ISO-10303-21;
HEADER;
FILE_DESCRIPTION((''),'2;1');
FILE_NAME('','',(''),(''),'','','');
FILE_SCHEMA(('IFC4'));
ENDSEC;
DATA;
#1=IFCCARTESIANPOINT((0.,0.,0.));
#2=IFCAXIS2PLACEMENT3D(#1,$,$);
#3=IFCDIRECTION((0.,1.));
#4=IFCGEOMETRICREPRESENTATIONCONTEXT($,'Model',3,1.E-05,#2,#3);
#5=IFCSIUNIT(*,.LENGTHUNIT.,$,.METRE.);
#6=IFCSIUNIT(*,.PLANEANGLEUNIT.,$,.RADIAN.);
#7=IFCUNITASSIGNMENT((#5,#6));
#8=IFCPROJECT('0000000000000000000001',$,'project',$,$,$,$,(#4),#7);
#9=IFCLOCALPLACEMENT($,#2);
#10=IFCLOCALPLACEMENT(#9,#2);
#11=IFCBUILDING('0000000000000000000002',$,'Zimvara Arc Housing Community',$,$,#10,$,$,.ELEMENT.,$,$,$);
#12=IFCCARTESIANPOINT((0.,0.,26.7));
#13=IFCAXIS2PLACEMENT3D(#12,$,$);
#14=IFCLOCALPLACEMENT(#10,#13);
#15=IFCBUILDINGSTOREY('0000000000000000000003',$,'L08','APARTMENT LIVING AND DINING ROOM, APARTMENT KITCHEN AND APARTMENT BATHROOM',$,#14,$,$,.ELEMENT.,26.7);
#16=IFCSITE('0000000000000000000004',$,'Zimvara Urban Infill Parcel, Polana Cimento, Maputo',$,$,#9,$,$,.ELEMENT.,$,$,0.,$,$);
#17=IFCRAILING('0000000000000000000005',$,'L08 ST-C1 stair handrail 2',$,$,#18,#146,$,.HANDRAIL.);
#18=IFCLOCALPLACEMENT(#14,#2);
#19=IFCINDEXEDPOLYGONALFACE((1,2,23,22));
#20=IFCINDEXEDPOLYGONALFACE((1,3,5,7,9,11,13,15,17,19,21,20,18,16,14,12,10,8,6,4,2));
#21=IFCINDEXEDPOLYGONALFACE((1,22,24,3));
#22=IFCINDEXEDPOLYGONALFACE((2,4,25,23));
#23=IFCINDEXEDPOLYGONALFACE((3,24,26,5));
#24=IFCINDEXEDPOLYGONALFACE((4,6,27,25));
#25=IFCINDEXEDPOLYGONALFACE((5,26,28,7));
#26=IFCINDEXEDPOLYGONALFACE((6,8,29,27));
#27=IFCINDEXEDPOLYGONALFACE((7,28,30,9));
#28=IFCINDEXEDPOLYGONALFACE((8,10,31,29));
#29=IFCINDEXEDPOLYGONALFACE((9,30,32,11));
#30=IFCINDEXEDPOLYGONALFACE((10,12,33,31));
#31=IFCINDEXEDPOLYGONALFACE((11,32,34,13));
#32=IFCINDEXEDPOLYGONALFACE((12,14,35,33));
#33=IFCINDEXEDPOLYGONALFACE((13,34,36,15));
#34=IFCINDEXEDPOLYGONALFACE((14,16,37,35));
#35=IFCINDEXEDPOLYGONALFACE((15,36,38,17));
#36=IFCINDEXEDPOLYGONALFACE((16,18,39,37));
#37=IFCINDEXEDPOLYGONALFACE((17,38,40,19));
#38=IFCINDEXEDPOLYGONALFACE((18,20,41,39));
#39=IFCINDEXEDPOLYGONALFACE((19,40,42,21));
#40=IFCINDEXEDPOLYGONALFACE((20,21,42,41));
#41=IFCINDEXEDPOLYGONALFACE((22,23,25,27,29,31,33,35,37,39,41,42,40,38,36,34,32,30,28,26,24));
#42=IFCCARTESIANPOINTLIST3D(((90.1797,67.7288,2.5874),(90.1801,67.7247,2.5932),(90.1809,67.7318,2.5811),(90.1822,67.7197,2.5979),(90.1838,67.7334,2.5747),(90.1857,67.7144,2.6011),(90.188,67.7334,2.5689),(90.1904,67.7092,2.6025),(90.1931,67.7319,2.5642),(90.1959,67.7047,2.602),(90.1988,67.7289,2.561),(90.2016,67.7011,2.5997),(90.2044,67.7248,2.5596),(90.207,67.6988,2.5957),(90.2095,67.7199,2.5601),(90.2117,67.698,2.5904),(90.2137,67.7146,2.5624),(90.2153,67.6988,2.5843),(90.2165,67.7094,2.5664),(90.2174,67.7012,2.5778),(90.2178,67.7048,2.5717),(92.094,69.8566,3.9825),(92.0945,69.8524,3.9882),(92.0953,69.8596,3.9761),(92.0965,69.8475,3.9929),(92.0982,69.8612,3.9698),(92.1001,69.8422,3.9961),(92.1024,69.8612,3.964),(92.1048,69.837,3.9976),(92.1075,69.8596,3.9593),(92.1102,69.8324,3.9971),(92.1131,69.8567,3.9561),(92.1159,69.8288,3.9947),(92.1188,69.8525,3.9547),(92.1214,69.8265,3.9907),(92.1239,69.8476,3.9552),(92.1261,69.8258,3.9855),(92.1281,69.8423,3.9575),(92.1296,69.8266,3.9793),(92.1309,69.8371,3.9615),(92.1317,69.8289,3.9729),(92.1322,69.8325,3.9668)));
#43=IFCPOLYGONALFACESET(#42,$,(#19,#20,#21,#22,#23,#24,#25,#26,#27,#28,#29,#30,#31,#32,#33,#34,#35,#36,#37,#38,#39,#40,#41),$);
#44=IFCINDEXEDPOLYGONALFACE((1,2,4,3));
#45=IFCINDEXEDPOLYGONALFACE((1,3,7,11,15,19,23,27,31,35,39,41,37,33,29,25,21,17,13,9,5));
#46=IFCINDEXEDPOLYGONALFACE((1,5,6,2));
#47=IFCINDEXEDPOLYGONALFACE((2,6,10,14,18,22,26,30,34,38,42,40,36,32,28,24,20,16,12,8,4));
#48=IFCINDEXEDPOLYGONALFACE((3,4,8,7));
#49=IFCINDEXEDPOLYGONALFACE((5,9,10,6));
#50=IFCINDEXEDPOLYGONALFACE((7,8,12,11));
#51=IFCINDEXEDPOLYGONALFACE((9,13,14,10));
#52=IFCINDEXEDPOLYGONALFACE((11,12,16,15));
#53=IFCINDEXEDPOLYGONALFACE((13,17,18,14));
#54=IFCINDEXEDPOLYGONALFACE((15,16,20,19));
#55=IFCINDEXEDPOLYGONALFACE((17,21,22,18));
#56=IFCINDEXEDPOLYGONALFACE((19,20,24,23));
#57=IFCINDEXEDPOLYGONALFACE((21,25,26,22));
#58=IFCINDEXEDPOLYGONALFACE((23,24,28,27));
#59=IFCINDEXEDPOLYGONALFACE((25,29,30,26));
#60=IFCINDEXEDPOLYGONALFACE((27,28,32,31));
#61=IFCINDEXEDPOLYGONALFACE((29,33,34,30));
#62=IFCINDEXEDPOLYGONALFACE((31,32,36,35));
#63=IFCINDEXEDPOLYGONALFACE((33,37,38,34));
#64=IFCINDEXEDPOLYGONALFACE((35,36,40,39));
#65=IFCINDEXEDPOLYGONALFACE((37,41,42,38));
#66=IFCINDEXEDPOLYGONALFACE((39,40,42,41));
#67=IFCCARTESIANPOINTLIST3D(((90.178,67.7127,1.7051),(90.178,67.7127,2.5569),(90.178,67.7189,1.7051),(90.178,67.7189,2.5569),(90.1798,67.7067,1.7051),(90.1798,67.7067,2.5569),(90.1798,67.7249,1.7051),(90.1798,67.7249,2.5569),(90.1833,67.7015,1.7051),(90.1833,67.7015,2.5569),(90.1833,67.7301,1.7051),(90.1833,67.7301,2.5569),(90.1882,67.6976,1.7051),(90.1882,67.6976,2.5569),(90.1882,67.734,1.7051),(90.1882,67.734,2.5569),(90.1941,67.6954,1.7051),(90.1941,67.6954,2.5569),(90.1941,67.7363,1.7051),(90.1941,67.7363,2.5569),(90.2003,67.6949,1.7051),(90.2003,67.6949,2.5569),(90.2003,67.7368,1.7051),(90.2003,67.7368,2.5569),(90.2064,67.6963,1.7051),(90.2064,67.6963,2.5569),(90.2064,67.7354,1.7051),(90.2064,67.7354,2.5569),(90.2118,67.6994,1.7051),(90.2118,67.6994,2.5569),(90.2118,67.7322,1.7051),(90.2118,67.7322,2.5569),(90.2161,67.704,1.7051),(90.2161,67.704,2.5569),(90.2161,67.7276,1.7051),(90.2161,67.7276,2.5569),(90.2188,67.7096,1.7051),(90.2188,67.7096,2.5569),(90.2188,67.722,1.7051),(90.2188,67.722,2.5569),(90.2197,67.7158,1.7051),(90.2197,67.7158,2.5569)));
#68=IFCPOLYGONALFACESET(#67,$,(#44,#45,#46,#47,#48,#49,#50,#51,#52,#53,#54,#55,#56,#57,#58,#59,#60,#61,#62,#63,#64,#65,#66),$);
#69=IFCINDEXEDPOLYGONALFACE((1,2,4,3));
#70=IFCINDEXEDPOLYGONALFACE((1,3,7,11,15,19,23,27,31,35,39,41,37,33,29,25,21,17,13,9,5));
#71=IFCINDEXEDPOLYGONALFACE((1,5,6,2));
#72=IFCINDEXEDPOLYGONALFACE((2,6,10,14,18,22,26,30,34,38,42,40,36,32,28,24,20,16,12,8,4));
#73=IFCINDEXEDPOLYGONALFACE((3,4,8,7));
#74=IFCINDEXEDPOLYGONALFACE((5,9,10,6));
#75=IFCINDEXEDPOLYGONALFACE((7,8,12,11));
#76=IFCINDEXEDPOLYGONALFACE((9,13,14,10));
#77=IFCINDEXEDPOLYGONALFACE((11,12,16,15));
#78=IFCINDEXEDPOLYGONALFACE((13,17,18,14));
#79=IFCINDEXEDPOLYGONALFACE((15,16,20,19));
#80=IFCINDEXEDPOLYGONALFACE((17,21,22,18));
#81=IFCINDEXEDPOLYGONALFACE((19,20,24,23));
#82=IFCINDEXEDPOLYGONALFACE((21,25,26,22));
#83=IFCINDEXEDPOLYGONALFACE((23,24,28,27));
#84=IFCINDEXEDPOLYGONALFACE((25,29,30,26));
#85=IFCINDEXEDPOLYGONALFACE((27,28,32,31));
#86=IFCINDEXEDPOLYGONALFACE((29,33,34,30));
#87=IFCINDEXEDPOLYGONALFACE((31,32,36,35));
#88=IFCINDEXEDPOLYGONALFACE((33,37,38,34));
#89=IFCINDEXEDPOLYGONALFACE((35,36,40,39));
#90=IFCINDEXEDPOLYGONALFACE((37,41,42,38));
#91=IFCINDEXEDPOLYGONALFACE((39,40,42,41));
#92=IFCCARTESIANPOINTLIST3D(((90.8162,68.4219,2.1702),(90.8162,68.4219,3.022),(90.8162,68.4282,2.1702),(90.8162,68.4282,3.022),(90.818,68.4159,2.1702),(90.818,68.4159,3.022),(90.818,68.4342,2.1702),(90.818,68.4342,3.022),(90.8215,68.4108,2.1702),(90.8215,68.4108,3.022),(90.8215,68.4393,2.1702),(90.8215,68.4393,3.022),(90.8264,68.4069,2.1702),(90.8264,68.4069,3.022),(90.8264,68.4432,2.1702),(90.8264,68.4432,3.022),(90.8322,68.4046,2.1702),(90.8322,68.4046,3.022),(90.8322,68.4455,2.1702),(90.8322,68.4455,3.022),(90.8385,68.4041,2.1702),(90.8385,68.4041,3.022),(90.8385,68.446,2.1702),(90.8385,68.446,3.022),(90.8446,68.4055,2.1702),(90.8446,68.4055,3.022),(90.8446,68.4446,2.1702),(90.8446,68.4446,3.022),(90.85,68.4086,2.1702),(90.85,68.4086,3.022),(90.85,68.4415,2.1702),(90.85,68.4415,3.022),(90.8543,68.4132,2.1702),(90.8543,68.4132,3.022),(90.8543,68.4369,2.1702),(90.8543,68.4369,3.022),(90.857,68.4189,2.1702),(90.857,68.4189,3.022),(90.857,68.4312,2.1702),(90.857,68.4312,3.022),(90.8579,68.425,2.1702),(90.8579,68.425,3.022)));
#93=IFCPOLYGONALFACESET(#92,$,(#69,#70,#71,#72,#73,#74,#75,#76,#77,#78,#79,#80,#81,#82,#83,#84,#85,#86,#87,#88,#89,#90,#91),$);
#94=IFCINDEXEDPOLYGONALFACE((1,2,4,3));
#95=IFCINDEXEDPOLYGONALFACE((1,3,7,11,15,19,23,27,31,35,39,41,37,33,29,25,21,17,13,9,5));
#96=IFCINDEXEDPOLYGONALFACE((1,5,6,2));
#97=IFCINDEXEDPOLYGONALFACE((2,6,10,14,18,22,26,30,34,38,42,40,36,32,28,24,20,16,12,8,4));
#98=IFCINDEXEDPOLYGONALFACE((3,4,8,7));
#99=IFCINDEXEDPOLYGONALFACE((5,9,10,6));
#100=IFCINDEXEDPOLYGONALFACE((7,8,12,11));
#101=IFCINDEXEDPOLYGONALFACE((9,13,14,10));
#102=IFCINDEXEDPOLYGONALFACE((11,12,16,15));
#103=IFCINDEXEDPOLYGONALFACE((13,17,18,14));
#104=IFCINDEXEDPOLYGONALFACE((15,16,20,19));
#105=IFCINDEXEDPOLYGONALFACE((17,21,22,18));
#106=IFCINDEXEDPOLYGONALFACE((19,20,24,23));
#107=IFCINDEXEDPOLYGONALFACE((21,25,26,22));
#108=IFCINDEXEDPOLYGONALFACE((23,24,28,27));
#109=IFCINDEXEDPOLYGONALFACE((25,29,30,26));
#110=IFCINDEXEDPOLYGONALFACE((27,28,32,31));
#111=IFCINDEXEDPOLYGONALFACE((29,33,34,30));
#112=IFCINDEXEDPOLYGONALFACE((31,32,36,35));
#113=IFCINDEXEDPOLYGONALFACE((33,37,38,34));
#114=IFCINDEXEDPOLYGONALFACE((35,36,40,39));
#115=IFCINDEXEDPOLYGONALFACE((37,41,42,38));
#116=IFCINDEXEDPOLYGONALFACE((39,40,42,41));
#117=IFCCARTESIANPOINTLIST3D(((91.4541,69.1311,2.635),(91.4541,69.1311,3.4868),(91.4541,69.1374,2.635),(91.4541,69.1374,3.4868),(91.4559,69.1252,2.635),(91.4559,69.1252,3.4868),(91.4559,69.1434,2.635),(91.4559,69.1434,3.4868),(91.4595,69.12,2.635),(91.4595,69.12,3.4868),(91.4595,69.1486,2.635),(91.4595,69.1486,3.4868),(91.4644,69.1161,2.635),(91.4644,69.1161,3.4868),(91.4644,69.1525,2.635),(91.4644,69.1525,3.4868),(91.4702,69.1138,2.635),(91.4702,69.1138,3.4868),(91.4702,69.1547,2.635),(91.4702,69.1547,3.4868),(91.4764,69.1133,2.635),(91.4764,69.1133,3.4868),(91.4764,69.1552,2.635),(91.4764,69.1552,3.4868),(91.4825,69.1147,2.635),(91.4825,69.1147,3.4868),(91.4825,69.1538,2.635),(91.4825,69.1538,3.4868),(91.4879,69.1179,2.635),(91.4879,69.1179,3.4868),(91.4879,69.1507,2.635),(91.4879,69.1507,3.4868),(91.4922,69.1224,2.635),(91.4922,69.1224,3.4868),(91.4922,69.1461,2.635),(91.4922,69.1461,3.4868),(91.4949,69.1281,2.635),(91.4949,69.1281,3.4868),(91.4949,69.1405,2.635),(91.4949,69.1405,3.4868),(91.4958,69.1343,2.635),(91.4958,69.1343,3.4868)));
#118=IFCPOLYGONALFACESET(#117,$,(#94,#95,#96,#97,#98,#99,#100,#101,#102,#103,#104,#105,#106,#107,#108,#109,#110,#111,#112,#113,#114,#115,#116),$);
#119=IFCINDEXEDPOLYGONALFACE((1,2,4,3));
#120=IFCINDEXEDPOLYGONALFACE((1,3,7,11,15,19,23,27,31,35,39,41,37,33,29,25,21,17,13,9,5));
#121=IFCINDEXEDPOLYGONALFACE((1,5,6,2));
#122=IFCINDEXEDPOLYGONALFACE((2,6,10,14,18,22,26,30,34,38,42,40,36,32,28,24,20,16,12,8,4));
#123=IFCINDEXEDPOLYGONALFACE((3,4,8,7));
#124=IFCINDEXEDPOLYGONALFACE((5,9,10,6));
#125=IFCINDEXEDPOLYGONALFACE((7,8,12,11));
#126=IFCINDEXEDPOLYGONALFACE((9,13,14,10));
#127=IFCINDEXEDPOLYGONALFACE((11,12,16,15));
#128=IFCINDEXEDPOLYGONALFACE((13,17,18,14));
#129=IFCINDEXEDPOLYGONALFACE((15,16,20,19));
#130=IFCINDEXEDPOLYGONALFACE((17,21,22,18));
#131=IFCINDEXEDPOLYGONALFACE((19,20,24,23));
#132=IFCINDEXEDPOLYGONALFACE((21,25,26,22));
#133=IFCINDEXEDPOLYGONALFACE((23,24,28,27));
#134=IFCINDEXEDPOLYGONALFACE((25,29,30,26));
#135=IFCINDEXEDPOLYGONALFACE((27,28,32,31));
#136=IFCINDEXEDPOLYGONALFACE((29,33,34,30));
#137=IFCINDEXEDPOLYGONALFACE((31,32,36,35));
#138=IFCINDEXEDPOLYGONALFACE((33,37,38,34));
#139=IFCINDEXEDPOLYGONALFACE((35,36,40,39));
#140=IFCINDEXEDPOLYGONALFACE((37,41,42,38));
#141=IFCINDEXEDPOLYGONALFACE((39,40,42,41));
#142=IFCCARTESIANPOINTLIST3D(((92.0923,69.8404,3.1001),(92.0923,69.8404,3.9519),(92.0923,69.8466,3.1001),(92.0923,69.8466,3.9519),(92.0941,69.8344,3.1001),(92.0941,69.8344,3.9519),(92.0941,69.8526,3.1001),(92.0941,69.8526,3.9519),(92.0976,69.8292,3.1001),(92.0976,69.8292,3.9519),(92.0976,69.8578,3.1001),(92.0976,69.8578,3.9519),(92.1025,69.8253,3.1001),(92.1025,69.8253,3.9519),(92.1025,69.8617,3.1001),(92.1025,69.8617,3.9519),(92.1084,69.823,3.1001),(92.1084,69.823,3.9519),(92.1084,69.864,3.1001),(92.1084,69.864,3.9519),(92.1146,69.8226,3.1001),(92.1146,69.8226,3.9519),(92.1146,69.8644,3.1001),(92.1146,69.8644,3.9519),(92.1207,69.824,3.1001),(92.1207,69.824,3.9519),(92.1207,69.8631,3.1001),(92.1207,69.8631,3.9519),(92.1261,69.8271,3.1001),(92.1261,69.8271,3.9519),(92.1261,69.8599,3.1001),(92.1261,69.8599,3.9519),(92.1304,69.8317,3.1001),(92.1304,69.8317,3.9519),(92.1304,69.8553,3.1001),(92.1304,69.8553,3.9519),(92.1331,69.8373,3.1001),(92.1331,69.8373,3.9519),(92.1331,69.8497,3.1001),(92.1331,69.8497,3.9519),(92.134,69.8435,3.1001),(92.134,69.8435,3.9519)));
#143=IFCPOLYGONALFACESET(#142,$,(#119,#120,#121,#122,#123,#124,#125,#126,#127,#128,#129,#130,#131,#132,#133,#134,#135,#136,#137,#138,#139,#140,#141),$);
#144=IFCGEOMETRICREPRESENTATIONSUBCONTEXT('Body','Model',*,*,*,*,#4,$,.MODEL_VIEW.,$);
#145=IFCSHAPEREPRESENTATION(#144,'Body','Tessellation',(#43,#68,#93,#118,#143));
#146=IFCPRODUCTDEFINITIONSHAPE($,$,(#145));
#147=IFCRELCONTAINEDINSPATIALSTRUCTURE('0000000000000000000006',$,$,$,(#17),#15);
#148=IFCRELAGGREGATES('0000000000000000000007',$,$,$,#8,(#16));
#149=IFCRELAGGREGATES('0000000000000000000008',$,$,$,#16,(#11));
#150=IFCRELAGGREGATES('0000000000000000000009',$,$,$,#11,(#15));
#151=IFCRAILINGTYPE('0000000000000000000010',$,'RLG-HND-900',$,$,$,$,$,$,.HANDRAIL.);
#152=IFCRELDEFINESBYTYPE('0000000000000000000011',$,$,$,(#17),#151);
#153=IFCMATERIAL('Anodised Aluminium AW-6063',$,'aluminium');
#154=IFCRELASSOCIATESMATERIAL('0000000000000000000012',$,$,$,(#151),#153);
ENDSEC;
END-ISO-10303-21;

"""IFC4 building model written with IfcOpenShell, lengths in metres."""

from ifc_helpers import new_model, si_unit, direction, frame, origin, origin_2d, place, context, subcontext, project, spatial, circle, extrude, material, type_object, element, save


model = new_model("IFC4")

# Units and contexts
model_context = context("Model", 3, precision=1e-05, world=origin(), true_north=direction((0.0, 1.0)))
body_context = subcontext(model_context, "Body", "Model", "MODEL_VIEW")
ifc_project = project(units=[si_unit("LENGTHUNIT", "METRE"), si_unit("PLANEANGLEUNIT", "RADIAN")], contexts=[model_context])

# Site, building, storey
site_placement = place(None, origin())
site = spatial("IfcSite", under=ifc_project, at=site_placement, Name="Zimvara Urban Infill Parcel, Polana Cimento, Maputo", CompositionType="ELEMENT", RefElevation=0.0)
building_placement = place(site_placement, origin())
building = spatial("IfcBuilding", under=site, at=building_placement, Name="Zimvara Arc Housing Community", CompositionType="ELEMENT")
storey_placement = place(building_placement, frame((0.0, 0.0, 26.7)))
storey = spatial("IfcBuildingStorey", under=building, at=storey_placement, Name="L08", Description="APARTMENT LIVING AND DINING ROOM, APARTMENT KITCHEN AND APARTMENT BATHROOM", CompositionType="ELEMENT", Elevation=26.7)

# Railing
ifc_material_1 = material(Name="Anodised Aluminium AW-6063", Category="aluminium")
railing_type_1 = type_object("IfcRailingType", Name="RLG-HND-900", PredefinedType="HANDRAIL", material=ifc_material_1)
railing_1_placement = place(storey_placement, frame((90.1987, 67.7158, 1.7051)))
element("IfcRailing", 1, at=railing_1_placement, inside=storey, type_object=railing_type_1, Name="L08 ST-C1 stair handrail 2", PredefinedType="HANDRAIL", context=body_context, shape_type="SweptSolid", body=[
    extrude(circle(Radius=0.0239, at=origin_2d()), frame((0.0, 0.0, 0.876), z_axis=(0.601232, 0.668248, 0.438138), x_axis=(-0.7434, 0.668847, 0.0)), (0.0, 0.0, 1.0), 3.1841),
    extrude(circle(Radius=0.021, at=origin_2d()), origin(), (0.0, 0.0, 1.0), 0.8518),
    extrude(circle(Radius=0.021, at=origin_2d()), frame((0.6382, 0.7092, 0.4651)), (0.0, 0.0, 1.0), 0.8518),
    extrude(circle(Radius=0.021, at=origin_2d()), frame((1.2761, 1.4185, 0.9299)), (0.0, 0.0, 1.0), 0.8518),
    extrude(circle(Radius=0.021, at=origin_2d()), frame((1.9143, 2.1277, 1.395)), (0.0, 0.0, 1.0), 0.8518),
])

save(model, "model.ifc")
